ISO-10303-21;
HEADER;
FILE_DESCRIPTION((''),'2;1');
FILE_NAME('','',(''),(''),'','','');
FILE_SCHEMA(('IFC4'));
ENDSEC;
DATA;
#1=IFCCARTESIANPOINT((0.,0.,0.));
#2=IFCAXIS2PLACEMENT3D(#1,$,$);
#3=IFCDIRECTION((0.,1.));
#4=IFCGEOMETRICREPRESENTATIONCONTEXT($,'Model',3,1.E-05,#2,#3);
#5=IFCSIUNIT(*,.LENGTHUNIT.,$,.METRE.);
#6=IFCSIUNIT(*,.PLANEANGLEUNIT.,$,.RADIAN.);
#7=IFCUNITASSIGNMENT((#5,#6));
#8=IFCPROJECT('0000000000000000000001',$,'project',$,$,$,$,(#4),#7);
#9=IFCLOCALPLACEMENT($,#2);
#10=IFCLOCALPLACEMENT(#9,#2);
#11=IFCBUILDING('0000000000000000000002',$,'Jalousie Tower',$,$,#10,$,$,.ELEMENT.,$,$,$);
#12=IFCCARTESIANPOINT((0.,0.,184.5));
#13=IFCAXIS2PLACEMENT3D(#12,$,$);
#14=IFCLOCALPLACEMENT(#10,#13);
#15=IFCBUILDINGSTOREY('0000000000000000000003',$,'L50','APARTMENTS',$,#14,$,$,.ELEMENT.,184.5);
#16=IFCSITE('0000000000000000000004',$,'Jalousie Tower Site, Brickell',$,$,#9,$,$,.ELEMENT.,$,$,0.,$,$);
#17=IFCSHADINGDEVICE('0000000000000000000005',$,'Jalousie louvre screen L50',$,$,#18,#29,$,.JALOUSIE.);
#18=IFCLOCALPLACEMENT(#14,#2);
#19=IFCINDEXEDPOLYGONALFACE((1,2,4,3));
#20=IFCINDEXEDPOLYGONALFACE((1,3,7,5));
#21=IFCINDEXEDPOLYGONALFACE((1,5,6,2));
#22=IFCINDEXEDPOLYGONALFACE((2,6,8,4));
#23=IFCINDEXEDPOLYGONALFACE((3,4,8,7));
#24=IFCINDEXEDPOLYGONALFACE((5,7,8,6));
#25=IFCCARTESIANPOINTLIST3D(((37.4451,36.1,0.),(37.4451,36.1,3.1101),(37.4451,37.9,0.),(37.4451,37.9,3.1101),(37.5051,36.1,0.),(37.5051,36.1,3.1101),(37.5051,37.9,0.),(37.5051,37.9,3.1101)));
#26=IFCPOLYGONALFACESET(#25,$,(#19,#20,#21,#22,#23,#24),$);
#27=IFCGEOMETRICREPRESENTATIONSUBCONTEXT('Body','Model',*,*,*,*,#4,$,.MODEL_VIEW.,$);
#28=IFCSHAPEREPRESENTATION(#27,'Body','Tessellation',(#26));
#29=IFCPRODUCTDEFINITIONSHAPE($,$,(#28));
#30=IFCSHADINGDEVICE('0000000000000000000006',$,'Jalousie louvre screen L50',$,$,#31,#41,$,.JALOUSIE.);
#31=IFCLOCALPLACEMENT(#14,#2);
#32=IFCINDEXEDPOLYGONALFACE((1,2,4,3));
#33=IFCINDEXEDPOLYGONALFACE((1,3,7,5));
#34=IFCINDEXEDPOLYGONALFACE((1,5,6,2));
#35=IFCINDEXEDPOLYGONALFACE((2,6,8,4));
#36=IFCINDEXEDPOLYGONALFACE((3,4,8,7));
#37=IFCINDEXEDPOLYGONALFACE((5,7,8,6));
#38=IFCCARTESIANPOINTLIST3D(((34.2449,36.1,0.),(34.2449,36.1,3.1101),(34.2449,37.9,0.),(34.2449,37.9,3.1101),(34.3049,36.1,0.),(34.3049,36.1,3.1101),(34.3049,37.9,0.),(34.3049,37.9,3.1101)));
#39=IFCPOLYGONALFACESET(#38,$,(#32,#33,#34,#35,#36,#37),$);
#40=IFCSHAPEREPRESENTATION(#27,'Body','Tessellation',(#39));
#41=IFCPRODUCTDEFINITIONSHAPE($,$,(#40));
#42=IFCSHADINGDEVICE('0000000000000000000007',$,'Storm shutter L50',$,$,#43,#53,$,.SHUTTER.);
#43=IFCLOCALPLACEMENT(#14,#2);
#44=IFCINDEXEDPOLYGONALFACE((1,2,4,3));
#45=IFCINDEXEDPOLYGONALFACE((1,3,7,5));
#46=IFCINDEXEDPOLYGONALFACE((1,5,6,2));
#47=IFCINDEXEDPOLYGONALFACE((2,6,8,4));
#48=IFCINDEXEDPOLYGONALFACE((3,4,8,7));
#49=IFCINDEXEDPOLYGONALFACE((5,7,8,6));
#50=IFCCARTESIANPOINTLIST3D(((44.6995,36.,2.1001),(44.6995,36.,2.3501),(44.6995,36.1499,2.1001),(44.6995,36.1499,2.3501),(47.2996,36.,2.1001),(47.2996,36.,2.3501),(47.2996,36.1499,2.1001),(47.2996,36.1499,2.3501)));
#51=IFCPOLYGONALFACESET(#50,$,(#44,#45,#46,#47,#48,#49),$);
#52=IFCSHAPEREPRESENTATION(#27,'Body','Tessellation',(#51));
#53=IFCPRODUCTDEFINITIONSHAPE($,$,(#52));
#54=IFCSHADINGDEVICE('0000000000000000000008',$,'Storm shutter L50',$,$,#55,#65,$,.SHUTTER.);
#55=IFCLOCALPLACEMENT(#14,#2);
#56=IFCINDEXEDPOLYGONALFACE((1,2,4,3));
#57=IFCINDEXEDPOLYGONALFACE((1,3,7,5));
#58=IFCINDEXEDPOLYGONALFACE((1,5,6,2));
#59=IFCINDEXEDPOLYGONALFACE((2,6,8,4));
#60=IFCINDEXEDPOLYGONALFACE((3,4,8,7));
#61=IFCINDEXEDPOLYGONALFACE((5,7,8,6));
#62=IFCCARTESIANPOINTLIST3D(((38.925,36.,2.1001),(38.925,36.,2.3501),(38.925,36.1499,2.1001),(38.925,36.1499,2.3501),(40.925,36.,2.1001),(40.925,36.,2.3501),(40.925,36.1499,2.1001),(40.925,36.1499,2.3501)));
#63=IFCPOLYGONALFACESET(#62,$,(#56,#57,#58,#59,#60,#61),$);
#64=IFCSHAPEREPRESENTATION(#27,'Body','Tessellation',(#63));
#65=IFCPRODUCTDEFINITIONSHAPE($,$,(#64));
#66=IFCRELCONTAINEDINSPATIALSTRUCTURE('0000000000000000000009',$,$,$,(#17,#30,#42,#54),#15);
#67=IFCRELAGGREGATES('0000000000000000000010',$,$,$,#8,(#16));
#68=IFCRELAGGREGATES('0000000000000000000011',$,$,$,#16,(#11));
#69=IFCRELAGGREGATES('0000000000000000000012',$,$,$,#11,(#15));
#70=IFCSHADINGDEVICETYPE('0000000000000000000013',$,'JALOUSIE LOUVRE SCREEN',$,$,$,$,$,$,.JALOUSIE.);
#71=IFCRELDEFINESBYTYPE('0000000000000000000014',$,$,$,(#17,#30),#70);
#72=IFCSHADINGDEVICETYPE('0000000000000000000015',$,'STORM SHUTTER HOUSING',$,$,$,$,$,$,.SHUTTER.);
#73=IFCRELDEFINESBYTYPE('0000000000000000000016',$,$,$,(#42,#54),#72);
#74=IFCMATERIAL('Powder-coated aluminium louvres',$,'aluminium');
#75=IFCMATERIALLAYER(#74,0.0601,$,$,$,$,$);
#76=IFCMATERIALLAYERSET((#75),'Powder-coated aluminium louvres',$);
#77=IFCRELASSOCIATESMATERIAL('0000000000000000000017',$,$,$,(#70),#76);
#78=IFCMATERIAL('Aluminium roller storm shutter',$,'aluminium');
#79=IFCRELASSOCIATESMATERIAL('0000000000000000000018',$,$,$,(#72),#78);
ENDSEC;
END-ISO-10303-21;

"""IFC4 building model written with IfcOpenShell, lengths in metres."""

from ifc_helpers import new_model, si_unit, direction, frame, origin, origin_2d, place, context, subcontext, project, spatial, rectangle, extrude, material, layer, layer_set, type_object, element, save


model = new_model("IFC4")

# Units and contexts
model_context = context("Model", 3, precision=1e-05, world=origin(), true_north=direction((0.0, 1.0)))
body_context = subcontext(model_context, "Body", "Model", "MODEL_VIEW")
ifc_project = project(units=[si_unit("LENGTHUNIT", "METRE"), si_unit("PLANEANGLEUNIT", "RADIAN")], contexts=[model_context])

# Site, building, storey
site_placement = place(None, origin())
site = spatial("IfcSite", under=ifc_project, at=site_placement, Name="Jalousie Tower Site, Brickell", CompositionType="ELEMENT", RefElevation=0.0)
building_placement = place(site_placement, origin())
building = spatial("IfcBuilding", under=site, at=building_placement, Name="Jalousie Tower", CompositionType="ELEMENT")
storey_placement = place(building_placement, frame((0.0, 0.0, 184.5)))
storey = spatial("IfcBuildingStorey", under=building, at=storey_placement, Name="L50", Description="APARTMENTS", CompositionType="ELEMENT", Elevation=184.5)

# Shading devices
ifc_material_1 = material(Name="Powder-coated aluminium louvres", Category="aluminium")
ifc_layer_1 = layer(ifc_material_1, 0.0601)
ifc_layer_set_1 = layer_set([ifc_layer_1], Name="Powder-coated aluminium louvres")
shading_device_type_1 = type_object("IfcShadingDeviceType", Name="JALOUSIE LOUVRE SCREEN", PredefinedType="JALOUSIE", material=ifc_layer_set_1)
for number, where, z_axis, x_axis, name in (
    (1, (37.4751, 37.0, 0.0), (0.0, 0.0, 1.0), (-1.0, 0.0, 0.0), "Jalousie louvre screen L50"),
    (2, (34.2749, 37.0, 0.0), (0.0, 0.0, 1.0), (-1.0, 0.0, 0.0), "Jalousie louvre screen L50"),
):
    element("IfcShadingDevice", number, at=place(storey_placement, frame(where, z_axis=z_axis, x_axis=x_axis)), inside=storey, type_object=shading_device_type_1, Name=name, PredefinedType="JALOUSIE", context=body_context, shape_type="SweptSolid", body=[
        extrude(rectangle(XDim=0.0601, YDim=1.8, at=origin_2d()), origin(), (0.0, 0.0, 1.0), 3.1101),
    ])
ifc_material_2 = material(Name="Aluminium roller storm shutter", Category="aluminium")
shading_device_type_2 = type_object("IfcShadingDeviceType", Name="STORM SHUTTER HOUSING", PredefinedType="SHUTTER", material=ifc_material_2)
shading_device_1_placement = place(storey_placement, frame((45.9995, 36.075, 2.1001), z_axis=(0.0, 0.0, 1.0), x_axis=(-1.0, 0.0, 0.0)))
element("IfcShadingDevice", 3, at=shading_device_1_placement, inside=storey, type_object=shading_device_type_2, Name="Storm shutter L50", PredefinedType="SHUTTER", context=body_context, shape_type="SweptSolid", body=[
    extrude(rectangle(XDim=2.6001, YDim=0.1499, at=origin_2d()), origin(), (0.0, 0.0, 1.0), 0.25),
])
shading_device_2_placement = place(storey_placement, frame((39.925, 36.075, 2.1001), z_axis=(0.0, 0.0, 1.0), x_axis=(-1.0, 0.0, 0.0)))
element("IfcShadingDevice", 4, at=shading_device_2_placement, inside=storey, type_object=shading_device_type_2, Name="Storm shutter L50", PredefinedType="SHUTTER", context=body_context, shape_type="SweptSolid", body=[
    extrude(rectangle(XDim=2.0, YDim=0.1499, at=origin_2d()), origin(), (0.0, 0.0, 1.0), 0.25),
])

save(model, "model.ifc")
